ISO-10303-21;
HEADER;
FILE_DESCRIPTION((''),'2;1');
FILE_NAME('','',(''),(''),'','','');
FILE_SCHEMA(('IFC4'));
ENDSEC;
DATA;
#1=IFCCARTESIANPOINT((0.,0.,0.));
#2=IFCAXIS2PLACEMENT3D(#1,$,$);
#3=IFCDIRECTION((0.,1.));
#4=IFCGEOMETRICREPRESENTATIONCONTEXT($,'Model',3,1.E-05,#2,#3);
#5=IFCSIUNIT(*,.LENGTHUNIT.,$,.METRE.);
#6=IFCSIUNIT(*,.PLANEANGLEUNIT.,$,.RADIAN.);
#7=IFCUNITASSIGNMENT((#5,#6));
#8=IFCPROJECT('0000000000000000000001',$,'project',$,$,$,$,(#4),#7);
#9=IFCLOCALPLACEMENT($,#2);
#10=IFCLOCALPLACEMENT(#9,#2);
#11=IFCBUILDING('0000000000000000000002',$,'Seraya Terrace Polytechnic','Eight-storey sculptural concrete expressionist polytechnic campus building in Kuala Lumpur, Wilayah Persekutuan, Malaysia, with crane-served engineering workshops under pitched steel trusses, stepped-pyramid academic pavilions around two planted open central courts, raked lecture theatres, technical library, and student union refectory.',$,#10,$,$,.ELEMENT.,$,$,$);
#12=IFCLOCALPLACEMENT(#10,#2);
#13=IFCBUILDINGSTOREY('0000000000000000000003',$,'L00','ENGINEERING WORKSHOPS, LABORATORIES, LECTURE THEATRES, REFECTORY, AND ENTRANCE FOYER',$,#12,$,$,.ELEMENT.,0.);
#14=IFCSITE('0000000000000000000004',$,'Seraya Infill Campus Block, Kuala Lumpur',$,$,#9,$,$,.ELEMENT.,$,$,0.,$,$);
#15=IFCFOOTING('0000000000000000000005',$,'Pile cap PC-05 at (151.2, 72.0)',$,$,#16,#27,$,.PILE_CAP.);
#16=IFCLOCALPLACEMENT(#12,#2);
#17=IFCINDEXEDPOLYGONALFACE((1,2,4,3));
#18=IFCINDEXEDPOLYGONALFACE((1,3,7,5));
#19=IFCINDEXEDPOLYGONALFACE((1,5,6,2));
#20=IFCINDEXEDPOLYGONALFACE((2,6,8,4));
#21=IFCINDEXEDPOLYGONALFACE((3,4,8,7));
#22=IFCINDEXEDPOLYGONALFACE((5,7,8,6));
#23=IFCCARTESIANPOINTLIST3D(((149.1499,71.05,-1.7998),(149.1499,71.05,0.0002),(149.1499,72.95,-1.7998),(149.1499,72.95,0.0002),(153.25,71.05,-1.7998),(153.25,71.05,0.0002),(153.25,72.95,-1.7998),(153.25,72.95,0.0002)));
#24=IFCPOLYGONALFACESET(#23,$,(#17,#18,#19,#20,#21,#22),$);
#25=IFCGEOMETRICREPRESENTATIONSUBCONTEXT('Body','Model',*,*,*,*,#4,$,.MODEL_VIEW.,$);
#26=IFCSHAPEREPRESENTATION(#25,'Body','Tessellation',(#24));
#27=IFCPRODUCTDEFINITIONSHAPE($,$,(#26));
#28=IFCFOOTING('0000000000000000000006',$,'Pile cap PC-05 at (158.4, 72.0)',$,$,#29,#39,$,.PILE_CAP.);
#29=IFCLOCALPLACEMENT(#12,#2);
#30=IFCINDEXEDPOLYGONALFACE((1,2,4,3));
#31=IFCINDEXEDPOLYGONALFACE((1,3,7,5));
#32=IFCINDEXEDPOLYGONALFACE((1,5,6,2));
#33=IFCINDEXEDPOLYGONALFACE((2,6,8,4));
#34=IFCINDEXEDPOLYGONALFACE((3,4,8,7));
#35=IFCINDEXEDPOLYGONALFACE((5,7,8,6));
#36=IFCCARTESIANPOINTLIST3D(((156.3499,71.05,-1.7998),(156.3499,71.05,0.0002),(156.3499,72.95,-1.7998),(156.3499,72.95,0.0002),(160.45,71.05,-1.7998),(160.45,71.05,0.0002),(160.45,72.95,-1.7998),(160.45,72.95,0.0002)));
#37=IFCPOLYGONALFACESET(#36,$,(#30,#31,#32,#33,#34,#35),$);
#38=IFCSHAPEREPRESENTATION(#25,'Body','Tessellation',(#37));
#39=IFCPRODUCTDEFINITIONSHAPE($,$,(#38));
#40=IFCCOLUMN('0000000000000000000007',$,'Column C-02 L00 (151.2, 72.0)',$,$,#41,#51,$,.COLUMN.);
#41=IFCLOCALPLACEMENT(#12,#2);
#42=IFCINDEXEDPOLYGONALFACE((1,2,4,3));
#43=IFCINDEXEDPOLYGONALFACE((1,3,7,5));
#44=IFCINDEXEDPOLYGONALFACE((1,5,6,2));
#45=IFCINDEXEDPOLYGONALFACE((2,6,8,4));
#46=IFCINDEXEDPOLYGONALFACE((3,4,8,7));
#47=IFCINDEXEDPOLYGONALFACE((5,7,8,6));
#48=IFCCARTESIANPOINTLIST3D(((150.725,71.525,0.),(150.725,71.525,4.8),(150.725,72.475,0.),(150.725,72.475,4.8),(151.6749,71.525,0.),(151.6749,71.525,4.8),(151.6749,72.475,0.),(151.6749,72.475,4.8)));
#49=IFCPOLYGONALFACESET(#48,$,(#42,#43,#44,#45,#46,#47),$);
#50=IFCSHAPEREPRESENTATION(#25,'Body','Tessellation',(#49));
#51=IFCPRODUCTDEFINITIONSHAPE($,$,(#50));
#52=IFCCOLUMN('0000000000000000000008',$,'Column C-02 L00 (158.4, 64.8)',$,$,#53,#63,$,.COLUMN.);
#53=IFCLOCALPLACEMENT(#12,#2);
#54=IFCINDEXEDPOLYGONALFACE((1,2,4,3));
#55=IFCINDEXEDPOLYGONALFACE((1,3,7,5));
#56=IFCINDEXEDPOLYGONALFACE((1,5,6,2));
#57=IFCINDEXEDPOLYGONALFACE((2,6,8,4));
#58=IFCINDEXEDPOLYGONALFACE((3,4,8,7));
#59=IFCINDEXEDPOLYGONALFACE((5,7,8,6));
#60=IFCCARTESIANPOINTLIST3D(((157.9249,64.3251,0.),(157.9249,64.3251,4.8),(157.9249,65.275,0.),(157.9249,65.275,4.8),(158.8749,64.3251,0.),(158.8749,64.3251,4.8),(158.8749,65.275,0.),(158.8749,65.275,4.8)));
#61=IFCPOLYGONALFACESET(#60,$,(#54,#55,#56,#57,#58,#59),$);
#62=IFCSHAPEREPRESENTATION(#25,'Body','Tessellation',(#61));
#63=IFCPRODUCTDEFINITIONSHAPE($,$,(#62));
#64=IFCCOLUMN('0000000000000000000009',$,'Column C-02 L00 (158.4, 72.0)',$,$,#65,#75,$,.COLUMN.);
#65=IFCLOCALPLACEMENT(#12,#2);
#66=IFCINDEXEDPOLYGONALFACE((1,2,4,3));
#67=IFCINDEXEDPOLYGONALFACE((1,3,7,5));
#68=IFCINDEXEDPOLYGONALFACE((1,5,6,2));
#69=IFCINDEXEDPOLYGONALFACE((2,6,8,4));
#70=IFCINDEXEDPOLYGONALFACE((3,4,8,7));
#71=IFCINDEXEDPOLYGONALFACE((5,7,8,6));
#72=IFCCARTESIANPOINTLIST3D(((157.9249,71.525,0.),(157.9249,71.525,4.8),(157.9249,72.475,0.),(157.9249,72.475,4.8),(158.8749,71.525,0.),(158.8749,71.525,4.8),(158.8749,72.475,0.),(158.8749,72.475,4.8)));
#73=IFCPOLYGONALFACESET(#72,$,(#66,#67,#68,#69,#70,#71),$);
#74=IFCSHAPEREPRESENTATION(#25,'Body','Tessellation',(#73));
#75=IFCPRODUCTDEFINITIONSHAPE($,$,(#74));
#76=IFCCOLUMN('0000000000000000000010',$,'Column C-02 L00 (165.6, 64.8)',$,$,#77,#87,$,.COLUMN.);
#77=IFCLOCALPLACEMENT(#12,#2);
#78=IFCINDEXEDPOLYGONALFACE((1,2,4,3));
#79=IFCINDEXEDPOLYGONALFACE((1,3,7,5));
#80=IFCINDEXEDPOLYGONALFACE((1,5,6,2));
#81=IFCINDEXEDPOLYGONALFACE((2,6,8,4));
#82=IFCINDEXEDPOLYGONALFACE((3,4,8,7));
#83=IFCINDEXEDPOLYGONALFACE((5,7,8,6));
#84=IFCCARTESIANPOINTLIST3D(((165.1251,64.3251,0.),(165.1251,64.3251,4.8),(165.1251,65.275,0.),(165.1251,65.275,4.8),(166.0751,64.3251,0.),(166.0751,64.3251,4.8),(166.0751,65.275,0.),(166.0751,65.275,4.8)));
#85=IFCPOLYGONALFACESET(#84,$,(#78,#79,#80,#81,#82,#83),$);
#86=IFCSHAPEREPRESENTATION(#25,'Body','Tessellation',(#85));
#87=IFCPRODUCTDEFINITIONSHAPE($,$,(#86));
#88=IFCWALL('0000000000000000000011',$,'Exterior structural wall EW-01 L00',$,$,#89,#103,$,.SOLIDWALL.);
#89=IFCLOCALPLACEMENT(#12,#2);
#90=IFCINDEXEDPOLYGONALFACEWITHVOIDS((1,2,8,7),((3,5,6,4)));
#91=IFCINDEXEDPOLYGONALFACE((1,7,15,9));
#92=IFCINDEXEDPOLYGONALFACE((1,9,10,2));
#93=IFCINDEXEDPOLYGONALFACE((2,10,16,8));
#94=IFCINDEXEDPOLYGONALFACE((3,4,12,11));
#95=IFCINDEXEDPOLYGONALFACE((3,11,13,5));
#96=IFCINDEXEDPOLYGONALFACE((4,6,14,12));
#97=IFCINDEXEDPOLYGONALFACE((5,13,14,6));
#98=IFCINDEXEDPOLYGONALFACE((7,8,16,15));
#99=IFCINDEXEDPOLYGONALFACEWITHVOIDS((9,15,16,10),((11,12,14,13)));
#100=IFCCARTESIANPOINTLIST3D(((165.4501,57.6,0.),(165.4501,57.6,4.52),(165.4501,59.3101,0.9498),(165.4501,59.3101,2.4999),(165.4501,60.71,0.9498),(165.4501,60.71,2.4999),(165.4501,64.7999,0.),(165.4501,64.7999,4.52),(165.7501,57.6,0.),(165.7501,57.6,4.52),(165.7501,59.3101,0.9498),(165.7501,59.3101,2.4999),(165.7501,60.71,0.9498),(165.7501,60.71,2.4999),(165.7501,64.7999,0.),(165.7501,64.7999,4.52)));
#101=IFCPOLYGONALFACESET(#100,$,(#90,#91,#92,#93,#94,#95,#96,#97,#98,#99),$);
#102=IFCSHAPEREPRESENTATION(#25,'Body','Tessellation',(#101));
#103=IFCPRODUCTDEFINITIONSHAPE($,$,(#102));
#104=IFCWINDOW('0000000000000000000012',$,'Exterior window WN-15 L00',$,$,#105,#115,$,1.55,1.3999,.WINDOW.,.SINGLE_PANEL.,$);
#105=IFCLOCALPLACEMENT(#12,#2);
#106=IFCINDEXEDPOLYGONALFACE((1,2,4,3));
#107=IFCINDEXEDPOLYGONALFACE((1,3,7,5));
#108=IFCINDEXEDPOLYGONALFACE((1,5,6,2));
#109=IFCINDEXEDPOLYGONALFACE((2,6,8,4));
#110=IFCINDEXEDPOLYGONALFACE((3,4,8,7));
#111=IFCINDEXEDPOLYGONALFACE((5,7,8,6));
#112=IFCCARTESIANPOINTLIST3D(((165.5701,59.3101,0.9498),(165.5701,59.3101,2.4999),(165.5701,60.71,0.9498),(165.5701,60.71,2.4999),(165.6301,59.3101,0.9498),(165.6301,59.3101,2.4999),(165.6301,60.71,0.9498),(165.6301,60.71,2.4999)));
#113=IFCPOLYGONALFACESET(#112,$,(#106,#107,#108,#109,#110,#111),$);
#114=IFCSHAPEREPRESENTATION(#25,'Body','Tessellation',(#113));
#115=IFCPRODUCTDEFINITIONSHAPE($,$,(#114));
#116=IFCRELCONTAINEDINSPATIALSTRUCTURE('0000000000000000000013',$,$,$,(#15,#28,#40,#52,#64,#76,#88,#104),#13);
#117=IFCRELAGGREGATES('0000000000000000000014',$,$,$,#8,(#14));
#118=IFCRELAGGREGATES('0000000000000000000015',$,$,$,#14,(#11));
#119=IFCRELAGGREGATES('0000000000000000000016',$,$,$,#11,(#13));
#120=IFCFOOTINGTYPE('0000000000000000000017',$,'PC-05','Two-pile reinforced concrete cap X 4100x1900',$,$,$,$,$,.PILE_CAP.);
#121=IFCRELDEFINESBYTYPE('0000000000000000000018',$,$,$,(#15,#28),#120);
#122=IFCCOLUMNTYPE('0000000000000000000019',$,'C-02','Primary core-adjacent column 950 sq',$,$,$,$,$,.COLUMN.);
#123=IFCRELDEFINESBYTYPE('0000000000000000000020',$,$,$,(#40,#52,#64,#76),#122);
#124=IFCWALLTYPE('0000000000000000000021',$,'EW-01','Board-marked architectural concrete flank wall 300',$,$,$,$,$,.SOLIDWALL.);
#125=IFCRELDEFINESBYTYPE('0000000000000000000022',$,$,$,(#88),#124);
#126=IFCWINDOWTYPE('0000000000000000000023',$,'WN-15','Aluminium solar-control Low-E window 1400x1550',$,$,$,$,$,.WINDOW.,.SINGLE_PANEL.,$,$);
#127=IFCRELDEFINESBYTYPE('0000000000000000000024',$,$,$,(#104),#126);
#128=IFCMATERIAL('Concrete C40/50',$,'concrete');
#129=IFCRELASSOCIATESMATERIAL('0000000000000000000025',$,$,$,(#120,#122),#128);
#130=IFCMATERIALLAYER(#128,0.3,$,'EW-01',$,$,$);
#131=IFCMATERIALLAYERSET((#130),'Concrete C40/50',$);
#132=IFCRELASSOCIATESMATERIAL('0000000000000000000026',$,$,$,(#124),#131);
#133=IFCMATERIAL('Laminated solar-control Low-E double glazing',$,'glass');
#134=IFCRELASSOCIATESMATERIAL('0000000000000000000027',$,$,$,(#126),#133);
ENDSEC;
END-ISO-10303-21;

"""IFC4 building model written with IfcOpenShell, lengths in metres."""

from ifc_helpers import new_model, si_unit, direction, frame, frame_2d, origin, origin_2d, place, context, subcontext, project, spatial, rectangle, extrude, material, layer, layer_set, material_profile, profile_set, type_object, element, fill, save


model = new_model("IFC4")

# Units and contexts
model_context = context("Model", 3, precision=1e-05, world=origin(), true_north=direction((0.0, 1.0)))
body_context = subcontext(model_context, "Body", "Model", "MODEL_VIEW")
ifc_project = project(units=[si_unit("LENGTHUNIT", "METRE"), si_unit("PLANEANGLEUNIT", "RADIAN")], contexts=[model_context])

# Site, building, storey
site_placement = place(None, origin())
site = spatial("IfcSite", under=ifc_project, at=site_placement, Name="Seraya Infill Campus Block, Kuala Lumpur", CompositionType="ELEMENT", RefElevation=0.0)
building_placement = place(site_placement, origin())
building = spatial("IfcBuilding", under=site, at=building_placement, Name="Seraya Terrace Polytechnic", Description="Eight-storey sculptural concrete expressionist polytechnic campus building in Kuala Lumpur, Wilayah Persekutuan, Malaysia, with crane-served engineering workshops under pitched steel trusses, stepped-pyramid academic pavilions around two planted open central courts, raked lecture theatres, technical library, and student union refectory.", CompositionType="ELEMENT")
storey_placement = place(building_placement, origin())
storey = spatial("IfcBuildingStorey", under=building, at=storey_placement, Name="L00", Description="ENGINEERING WORKSHOPS, LABORATORIES, LECTURE THEATRES, REFECTORY, AND ENTRANCE FOYER", CompositionType="ELEMENT", Elevation=0.0)

# Shared definitions
ifc_material_1 = material(Name="Concrete C40/50", Category="concrete")

# Footings
footing_type_1 = type_object("IfcFootingType", Name="PC-05", Description="Two-pile reinforced concrete cap X 4100x1900", PredefinedType="PILE_CAP", material=ifc_material_1)
for number, where, z_axis, x_axis, name in (
    (1, (151.2, 72.0, -1.7998), (0.0, 0.0, 1.0), (1.0, 0.0, 0.0), "Pile cap PC-05 at (151.2, 72.0)"),
    (2, (158.3999, 72.0, -1.7998), (0.0, 0.0, 1.0), (1.0, 0.0, 0.0), "Pile cap PC-05 at (158.4, 72.0)"),
):
    element("IfcFooting", number, at=place(storey_placement, frame(where, z_axis=z_axis, x_axis=x_axis)), inside=storey, type_object=footing_type_1, Name=name, PredefinedType="PILE_CAP", context=body_context, shape_type="SweptSolid", body=[
        extrude(rectangle(XDim=4.1001, YDim=1.8999, at=origin_2d()), origin(), (0.0, 0.0, 1.0), 1.8),
    ])

# Columns
ifc_material_profile_1 = material_profile(ifc_material_1, rectangle(XDim=0.95, YDim=0.95, at=origin_2d()), Name="RC 950x950")
ifc_profile_set_1 = profile_set([ifc_material_profile_1], Name="Concrete C40/50")
column_type = type_object("IfcColumnType", Name="C-02", Description="Primary core-adjacent column 950 sq", PredefinedType="COLUMN", material=ifc_profile_set_1)
for number, where, z_axis, x_axis, name in (
    (3, (151.2, 72.0, 0.0), (0.0, 0.0, 1.0), (1.0, 0.0, 0.0), "Column C-02 L00 (151.2, 72.0)"),
    (4, (158.3999, 64.8, 0.0), (0.0, 0.0, 1.0), (1.0, 0.0, 0.0), "Column C-02 L00 (158.4, 64.8)"),
    (5, (158.3999, 72.0, 0.0), (0.0, 0.0, 1.0), (1.0, 0.0, 0.0), "Column C-02 L00 (158.4, 72.0)"),
    (6, (165.6001, 64.8, 0.0), (0.0, 0.0, 1.0), (1.0, 0.0, 0.0), "Column C-02 L00 (165.6, 64.8)"),
):
    element("IfcColumn", number, at=place(storey_placement, frame(where, z_axis=z_axis, x_axis=x_axis)), inside=storey, type_object=column_type, Name=name, PredefinedType="COLUMN", context=body_context, shape_type="SweptSolid", body=[
        extrude(rectangle(XDim=0.95, YDim=0.95, at=origin_2d()), origin(), (0.0, 0.0, 1.0), 4.8),
    ])

# Wall, opening, window
ifc_layer = layer(ifc_material_1, 0.3, Name="EW-01")
ifc_layer_set = layer_set([ifc_layer], Name="Concrete C40/50")
wall_type = type_object("IfcWallType", Name="EW-01", Description="Board-marked architectural concrete flank wall 300", PredefinedType="SOLIDWALL", material=ifc_layer_set)
wall_placement = place(storey_placement, frame((165.6001, 64.8, 0.0), z_axis=(0.0, 0.0, 1.0), x_axis=(0.0, -1.0, 0.0)))
wall = element("IfcWall", 7, at=wall_placement, inside=storey, type_object=wall_type, Name="Exterior structural wall EW-01 L00", PredefinedType="SOLIDWALL", context=body_context, shape_type="SweptSolid", body=[
    extrude(rectangle(XDim=7.2, YDim=0.3, at=frame_2d((3.6001, 0.0))), origin(), (0.0, 0.0, 1.0), 4.52),
])
opening_placement = place(wall_placement, frame((4.0901, 0.0, 0.95)))
opening = element("IfcOpeningElement", 8, at=opening_placement, cuts=wall, PredefinedType="OPENING", context=body_context, shape_type="SweptSolid", body=[
    extrude(rectangle(XDim=1.3999, YDim=1.55, at=frame_2d((0.7, 0.7749))), frame((0.0, 0.1621, 0.0), z_axis=(0.0, -1.0, 0.0), x_axis=(1.0, 0.0, 0.0)), (0.0, 0.0, 1.0), 0.324),
])
ifc_material_2 = material(Name="Laminated solar-control Low-E double glazing", Category="glass")
window_type = type_object("IfcWindowType", Name="WN-15", Description="Aluminium solar-control Low-E window 1400x1550", PartitioningType="SINGLE_PANEL", PredefinedType="WINDOW", material=ifc_material_2)
window_placement = place(opening_placement, origin())
window = element("IfcWindow", 9, at=window_placement, inside=storey, type_object=window_type, Name="Exterior window WN-15 L00", OverallHeight=1.55, OverallWidth=1.3999, PartitioningType="SINGLE_PANEL", PredefinedType="WINDOW", context=body_context, shape_type="SweptSolid", body=[
    extrude(rectangle(XDim=1.3999, YDim=1.55, at=frame_2d((0.7, 0.7749))), frame((0.0, 0.03, 0.0), z_axis=(0.0, -1.0, 0.0), x_axis=(1.0, 0.0, 0.0)), (0.0, 0.0, 1.0), 0.0601),
])
fill(opening, window)

save(model, "model.ifc")
